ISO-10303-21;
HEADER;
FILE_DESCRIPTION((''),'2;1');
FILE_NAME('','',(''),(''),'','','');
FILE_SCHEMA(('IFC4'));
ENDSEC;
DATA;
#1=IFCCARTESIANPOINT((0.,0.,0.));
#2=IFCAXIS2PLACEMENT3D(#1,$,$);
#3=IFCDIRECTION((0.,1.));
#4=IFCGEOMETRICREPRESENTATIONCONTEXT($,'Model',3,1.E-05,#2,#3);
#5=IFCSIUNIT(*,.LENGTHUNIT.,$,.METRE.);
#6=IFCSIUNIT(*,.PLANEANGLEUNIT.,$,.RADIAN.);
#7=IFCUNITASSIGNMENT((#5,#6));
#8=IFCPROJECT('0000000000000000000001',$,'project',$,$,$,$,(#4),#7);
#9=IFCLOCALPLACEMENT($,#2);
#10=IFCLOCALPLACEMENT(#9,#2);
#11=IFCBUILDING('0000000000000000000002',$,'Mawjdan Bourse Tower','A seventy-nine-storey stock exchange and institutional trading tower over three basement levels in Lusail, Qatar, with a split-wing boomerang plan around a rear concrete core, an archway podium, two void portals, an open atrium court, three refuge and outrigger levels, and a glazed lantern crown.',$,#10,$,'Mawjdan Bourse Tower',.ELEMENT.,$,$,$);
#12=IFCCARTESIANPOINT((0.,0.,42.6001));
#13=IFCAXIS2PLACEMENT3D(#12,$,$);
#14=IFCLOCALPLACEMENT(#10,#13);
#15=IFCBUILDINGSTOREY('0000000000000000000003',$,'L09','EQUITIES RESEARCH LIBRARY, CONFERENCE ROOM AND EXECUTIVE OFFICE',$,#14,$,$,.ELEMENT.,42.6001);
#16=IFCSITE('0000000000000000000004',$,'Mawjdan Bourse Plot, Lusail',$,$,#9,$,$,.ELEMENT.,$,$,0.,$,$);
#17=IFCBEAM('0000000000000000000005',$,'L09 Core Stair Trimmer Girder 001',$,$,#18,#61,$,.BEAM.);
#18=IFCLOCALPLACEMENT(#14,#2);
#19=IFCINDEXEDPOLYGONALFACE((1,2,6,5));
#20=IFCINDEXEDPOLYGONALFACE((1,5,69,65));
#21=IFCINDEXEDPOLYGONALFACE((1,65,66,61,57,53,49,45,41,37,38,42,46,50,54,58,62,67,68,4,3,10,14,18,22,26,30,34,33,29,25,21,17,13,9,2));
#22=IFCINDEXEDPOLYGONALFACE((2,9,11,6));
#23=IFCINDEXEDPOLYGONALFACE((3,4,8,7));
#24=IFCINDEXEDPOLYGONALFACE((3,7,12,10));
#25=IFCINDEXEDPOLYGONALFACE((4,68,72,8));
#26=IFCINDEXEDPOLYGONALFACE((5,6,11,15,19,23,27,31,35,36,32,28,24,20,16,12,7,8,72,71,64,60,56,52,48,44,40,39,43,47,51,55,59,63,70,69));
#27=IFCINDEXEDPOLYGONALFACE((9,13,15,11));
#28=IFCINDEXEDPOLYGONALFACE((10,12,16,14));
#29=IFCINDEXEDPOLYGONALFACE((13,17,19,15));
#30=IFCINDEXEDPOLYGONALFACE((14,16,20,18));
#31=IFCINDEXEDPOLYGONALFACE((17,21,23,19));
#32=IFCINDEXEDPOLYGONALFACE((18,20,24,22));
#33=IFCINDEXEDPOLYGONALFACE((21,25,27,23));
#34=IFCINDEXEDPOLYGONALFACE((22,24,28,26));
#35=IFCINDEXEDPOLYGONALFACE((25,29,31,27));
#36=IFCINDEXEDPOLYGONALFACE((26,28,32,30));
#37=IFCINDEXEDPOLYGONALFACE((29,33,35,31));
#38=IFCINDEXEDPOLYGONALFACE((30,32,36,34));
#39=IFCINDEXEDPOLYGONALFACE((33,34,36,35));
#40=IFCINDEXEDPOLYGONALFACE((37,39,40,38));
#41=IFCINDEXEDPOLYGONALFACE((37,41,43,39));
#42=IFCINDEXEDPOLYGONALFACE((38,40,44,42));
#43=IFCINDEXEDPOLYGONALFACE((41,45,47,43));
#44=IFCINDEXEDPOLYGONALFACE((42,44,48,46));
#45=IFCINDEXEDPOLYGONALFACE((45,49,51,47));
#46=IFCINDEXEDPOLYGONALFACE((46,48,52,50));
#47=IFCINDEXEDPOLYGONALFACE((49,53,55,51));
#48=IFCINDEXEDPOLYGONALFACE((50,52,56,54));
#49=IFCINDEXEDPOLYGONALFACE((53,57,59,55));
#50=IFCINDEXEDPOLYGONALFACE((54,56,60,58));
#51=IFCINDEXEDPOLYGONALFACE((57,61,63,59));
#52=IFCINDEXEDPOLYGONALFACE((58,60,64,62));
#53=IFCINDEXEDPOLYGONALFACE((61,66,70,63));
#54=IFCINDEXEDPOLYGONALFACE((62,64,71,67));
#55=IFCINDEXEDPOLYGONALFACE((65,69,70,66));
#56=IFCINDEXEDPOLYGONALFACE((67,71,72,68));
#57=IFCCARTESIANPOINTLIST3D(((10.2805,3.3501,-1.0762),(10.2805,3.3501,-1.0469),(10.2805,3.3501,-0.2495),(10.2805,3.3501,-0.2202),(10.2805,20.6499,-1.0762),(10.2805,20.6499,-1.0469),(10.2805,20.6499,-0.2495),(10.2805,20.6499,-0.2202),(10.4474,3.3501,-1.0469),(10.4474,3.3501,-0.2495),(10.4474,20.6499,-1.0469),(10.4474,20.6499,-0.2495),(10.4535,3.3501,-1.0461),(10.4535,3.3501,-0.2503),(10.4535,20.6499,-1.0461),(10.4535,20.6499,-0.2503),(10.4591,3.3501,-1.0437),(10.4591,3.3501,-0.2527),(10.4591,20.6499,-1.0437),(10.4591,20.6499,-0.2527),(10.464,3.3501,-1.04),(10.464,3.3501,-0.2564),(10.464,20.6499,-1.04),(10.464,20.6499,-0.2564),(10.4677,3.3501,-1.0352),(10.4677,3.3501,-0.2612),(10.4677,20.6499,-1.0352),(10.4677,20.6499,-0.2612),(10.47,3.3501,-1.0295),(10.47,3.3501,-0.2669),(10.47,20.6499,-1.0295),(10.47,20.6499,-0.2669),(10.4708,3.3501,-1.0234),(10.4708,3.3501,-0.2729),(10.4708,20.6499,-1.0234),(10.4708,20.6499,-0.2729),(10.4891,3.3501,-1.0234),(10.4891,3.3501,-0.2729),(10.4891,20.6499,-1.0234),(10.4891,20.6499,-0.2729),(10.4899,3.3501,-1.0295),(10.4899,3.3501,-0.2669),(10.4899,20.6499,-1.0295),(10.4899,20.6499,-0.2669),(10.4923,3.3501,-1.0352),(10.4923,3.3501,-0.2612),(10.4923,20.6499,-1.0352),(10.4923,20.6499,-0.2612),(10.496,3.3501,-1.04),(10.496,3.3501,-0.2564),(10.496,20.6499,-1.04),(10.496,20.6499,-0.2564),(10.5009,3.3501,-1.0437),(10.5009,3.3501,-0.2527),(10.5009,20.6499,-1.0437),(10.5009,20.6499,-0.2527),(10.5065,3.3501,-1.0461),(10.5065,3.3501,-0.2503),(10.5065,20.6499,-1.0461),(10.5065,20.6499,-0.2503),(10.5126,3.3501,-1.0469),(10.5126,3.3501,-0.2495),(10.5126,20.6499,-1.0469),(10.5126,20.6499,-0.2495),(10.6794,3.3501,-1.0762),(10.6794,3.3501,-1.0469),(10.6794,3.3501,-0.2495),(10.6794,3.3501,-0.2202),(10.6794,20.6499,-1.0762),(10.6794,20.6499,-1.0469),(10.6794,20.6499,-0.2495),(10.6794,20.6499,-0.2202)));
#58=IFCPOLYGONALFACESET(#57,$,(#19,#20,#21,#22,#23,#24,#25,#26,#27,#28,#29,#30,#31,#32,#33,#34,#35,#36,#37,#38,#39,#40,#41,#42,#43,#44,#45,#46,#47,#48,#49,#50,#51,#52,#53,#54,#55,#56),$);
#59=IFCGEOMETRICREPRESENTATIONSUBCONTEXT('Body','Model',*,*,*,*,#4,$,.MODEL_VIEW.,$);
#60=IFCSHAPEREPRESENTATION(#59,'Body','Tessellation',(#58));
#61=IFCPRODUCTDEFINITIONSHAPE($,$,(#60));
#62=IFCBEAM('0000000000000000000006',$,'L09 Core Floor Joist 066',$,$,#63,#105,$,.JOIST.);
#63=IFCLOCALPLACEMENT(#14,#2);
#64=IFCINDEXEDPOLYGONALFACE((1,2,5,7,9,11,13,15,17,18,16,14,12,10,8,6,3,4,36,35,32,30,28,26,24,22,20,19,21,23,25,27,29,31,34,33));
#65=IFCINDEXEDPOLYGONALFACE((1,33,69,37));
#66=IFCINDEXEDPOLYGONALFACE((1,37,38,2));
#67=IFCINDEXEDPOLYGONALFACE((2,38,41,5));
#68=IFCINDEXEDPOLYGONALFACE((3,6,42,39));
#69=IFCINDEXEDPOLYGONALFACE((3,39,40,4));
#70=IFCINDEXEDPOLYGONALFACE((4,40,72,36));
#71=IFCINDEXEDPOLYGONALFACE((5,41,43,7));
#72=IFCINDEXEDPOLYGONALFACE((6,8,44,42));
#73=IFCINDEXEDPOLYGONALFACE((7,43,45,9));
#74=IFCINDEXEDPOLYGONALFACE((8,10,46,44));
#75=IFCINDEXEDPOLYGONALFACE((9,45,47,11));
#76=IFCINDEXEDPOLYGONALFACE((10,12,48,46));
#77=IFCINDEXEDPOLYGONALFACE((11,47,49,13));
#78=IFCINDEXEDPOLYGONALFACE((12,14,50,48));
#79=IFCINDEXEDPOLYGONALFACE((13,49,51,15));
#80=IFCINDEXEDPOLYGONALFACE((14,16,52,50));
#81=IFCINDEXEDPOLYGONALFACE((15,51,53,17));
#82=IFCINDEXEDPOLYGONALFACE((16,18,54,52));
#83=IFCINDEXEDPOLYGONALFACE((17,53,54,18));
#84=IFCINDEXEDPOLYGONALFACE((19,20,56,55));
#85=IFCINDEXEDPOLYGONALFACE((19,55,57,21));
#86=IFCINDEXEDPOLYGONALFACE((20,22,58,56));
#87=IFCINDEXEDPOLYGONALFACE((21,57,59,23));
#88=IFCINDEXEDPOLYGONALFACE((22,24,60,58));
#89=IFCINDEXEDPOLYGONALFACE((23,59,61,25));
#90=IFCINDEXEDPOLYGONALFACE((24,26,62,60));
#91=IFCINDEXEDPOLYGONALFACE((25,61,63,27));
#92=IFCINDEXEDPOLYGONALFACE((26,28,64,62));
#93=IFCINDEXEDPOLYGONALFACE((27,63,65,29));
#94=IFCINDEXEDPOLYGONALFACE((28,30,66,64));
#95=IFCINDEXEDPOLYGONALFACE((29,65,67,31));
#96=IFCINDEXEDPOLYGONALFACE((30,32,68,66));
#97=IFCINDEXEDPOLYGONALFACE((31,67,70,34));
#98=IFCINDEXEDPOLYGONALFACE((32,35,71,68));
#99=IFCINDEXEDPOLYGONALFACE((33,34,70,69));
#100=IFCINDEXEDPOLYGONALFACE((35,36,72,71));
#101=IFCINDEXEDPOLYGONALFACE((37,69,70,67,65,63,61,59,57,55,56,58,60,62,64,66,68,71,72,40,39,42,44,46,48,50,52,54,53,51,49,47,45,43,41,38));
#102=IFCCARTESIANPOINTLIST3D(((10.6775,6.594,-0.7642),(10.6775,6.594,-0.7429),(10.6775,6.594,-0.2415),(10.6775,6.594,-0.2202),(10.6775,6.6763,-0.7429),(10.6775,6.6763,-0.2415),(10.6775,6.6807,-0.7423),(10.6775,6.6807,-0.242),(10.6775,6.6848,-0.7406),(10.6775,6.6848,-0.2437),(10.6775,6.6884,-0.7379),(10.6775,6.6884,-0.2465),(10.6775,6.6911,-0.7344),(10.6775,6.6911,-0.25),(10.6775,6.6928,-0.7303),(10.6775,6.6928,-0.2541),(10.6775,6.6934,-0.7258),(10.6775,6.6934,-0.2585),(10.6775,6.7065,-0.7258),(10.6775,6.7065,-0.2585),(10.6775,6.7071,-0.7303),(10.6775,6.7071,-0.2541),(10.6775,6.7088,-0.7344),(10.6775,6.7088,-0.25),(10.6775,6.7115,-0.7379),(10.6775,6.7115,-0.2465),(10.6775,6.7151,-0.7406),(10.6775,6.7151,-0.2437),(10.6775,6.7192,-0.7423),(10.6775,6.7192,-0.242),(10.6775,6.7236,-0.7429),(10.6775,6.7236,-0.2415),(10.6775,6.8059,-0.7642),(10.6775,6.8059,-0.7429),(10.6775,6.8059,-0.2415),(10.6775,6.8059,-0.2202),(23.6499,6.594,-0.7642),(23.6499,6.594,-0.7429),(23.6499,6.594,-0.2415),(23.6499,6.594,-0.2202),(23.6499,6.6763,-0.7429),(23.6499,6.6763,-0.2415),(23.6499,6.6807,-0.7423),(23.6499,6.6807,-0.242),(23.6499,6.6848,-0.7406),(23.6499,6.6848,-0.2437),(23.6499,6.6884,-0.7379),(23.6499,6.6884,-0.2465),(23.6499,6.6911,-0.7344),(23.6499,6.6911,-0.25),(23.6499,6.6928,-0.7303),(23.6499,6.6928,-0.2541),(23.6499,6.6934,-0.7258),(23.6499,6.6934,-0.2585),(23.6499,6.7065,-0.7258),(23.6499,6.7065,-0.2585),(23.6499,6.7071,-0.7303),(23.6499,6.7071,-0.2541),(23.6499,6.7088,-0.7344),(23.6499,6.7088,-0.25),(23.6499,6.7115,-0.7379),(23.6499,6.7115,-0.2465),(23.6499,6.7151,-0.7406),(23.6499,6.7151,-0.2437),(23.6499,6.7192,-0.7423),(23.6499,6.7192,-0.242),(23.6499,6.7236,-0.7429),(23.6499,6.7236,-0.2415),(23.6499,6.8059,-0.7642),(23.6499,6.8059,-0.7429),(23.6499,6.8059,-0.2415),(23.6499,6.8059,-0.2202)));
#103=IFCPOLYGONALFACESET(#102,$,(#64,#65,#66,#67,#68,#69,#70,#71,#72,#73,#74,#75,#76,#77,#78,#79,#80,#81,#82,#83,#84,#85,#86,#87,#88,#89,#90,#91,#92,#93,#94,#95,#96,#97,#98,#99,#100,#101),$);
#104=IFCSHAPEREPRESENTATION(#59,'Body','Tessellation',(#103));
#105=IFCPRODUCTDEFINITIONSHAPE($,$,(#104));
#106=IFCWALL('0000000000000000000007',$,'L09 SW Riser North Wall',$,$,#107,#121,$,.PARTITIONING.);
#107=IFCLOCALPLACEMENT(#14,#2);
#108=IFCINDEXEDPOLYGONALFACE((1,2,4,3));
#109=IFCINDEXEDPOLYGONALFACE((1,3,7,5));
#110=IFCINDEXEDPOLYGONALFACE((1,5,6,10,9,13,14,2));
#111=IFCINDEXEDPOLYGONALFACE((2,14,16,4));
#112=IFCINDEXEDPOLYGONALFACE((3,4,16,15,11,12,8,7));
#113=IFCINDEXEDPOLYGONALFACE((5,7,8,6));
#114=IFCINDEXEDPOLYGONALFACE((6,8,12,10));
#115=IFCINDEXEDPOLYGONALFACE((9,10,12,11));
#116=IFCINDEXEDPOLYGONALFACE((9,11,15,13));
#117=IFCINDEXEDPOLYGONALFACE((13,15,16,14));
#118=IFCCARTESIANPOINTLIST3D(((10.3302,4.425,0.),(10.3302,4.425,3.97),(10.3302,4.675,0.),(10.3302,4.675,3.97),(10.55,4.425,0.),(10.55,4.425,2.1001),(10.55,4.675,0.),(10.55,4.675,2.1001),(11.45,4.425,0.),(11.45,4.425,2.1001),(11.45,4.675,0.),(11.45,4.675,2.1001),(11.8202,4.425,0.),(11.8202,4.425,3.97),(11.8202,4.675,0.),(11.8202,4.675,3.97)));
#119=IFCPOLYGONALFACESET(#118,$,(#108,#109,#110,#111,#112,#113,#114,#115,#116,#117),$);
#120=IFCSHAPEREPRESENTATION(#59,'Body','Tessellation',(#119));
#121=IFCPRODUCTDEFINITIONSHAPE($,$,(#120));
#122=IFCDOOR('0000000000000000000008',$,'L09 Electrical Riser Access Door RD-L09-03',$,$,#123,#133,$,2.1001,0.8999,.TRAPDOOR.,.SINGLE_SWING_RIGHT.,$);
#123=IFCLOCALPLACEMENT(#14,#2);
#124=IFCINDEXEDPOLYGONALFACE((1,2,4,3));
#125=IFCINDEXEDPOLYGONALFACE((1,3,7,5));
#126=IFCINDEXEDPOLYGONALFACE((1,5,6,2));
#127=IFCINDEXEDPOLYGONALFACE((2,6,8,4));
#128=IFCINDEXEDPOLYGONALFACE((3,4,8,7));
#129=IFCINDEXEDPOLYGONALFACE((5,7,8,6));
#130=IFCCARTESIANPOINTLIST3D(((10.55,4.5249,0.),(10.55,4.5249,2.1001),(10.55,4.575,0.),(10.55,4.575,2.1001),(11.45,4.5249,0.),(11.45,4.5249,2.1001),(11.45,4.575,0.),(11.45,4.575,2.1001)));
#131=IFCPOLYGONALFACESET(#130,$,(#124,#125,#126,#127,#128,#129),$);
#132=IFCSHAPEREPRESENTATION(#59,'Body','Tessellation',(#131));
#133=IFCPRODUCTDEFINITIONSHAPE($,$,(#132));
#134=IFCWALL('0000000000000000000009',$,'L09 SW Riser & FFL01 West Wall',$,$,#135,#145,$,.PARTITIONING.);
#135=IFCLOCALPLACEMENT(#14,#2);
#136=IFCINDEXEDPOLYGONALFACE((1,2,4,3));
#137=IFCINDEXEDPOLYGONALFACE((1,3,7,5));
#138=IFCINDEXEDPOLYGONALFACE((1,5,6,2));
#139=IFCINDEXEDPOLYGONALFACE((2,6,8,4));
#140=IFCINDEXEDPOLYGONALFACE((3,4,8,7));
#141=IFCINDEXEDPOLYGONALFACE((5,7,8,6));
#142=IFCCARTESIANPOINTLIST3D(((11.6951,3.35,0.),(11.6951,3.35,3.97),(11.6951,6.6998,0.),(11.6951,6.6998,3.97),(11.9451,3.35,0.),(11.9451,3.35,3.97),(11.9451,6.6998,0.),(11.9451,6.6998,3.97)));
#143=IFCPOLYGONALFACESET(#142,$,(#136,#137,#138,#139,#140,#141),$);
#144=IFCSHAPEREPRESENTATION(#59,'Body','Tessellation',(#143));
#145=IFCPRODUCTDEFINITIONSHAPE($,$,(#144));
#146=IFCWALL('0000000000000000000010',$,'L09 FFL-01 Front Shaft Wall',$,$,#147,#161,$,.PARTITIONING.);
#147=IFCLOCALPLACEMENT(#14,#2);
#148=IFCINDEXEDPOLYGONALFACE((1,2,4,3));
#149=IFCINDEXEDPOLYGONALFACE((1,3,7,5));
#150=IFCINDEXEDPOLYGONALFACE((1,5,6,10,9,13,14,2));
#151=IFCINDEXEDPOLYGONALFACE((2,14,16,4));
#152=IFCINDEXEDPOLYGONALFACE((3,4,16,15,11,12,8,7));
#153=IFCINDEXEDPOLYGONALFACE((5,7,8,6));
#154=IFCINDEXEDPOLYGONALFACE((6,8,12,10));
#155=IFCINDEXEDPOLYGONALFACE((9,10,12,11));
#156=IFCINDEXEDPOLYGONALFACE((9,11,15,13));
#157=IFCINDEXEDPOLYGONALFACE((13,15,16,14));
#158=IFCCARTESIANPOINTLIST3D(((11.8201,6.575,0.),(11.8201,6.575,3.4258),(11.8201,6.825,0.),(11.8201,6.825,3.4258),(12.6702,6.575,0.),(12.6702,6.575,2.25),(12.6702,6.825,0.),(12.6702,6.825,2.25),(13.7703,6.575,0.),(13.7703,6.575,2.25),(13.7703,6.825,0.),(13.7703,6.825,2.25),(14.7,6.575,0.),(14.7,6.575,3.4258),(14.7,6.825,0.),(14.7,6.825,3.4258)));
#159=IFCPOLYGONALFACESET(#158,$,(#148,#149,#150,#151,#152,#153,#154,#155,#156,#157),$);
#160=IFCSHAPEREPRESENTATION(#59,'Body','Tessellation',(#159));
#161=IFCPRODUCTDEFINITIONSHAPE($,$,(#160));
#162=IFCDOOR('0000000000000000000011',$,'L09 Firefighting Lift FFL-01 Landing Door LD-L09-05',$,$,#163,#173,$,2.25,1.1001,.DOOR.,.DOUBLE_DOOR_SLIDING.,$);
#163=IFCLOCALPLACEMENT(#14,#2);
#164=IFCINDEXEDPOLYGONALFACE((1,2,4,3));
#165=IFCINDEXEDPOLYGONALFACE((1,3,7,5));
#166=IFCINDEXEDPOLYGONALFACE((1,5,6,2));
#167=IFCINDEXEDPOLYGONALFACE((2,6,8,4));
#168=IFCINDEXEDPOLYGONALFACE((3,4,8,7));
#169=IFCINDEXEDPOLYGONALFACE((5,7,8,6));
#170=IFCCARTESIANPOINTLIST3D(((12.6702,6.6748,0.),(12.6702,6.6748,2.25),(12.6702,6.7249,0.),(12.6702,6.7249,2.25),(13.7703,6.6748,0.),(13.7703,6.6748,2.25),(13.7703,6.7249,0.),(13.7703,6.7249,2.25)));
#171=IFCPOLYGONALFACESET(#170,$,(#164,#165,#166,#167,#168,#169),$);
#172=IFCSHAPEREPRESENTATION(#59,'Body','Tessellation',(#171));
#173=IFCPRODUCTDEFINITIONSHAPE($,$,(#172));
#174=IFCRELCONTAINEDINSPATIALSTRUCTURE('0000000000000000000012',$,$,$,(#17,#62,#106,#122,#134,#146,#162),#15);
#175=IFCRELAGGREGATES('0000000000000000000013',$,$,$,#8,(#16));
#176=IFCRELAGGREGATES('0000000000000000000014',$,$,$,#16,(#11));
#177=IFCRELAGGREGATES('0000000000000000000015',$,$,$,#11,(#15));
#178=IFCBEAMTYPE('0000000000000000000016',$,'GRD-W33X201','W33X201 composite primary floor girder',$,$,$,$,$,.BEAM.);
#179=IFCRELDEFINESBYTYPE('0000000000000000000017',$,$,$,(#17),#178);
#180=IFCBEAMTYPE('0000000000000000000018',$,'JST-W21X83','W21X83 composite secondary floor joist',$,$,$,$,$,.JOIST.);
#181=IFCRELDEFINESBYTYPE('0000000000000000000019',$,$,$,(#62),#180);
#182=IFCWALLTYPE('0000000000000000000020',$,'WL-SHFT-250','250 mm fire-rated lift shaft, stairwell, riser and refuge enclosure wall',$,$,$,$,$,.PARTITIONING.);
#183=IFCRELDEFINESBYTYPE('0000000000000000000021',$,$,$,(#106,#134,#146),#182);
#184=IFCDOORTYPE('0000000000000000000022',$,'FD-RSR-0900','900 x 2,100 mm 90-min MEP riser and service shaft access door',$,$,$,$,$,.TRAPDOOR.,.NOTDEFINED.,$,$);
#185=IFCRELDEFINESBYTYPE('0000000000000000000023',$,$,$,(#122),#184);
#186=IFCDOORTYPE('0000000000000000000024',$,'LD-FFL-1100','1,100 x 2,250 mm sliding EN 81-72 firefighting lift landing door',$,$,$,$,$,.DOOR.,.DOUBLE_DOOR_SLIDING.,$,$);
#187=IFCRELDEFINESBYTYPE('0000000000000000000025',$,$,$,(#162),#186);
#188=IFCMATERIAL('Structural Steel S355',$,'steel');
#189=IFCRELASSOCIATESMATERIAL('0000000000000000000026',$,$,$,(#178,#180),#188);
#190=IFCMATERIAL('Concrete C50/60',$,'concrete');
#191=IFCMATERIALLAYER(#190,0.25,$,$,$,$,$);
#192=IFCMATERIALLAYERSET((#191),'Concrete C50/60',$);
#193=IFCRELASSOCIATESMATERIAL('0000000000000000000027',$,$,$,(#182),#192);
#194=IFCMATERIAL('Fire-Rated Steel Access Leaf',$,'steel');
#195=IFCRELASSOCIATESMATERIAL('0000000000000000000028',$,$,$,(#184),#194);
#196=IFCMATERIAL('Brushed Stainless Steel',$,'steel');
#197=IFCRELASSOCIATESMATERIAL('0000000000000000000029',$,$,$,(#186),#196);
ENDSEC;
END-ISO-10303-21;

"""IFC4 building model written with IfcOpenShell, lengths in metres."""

from ifc_helpers import new_model, si_unit, direction, frame, frame_2d, origin, origin_2d, place, context, subcontext, project, spatial, rectangle, i_section, extrude, material, layer, layer_set, material_profile, profile_set, type_object, element, fill, save


model = new_model("IFC4")

# Units and contexts
model_context = context("Model", 3, precision=1e-05, world=origin(), true_north=direction((0.0, 1.0)))
body_context = subcontext(model_context, "Body", "Model", "MODEL_VIEW")
ifc_project = project(units=[si_unit("LENGTHUNIT", "METRE"), si_unit("PLANEANGLEUNIT", "RADIAN")], contexts=[model_context])

# Site, building, storey
site_placement = place(None, origin())
site = spatial("IfcSite", under=ifc_project, at=site_placement, Name="Mawjdan Bourse Plot, Lusail", CompositionType="ELEMENT", RefElevation=0.0)
building_placement = place(site_placement, origin())
building = spatial("IfcBuilding", under=site, at=building_placement, Name="Mawjdan Bourse Tower", Description="A seventy-nine-storey stock exchange and institutional trading tower over three basement levels in Lusail, Qatar, with a split-wing boomerang plan around a rear concrete core, an archway podium, two void portals, an open atrium court, three refuge and outrigger levels, and a glazed lantern crown.", LongName="Mawjdan Bourse Tower", CompositionType="ELEMENT")
storey_placement = place(building_placement, frame((0.0, 0.0, 42.6001)))
storey = spatial("IfcBuildingStorey", under=building, at=storey_placement, Name="L09", Description="EQUITIES RESEARCH LIBRARY, CONFERENCE ROOM AND EXECUTIVE OFFICE", CompositionType="ELEMENT", Elevation=42.6001)

# Beams
ifc_material_1 = material(Name="Structural Steel S355", Category="steel")
ifc_material_profile_1 = material_profile(ifc_material_1, i_section(OverallWidth=0.3989, OverallDepth=0.856, WebThickness=0.0183, FlangeThickness=0.0293, FilletRadius=0.0234, at=origin_2d()), Name="W33X201")
ifc_profile_set_1 = profile_set([ifc_material_profile_1], Name="Structural Steel S355")
beam_type_1 = type_object("IfcBeamType", Name="GRD-W33X201", Description="W33X201 composite primary floor girder", PredefinedType="BEAM", material=ifc_profile_set_1)
beam_1_placement = place(storey_placement, frame((10.48, 3.3501, -0.6482), z_axis=(0.0, 1.0, 0.0), x_axis=(-1.0, 0.0, 0.0)))
element("IfcBeam", 1, at=beam_1_placement, inside=storey, type_object=beam_type_1, Name="L09 Core Stair Trimmer Girder 001", PredefinedType="BEAM", context=body_context, shape_type="SweptSolid", body=[
    extrude(i_section(OverallWidth=0.3989, OverallDepth=0.856, WebThickness=0.0183, FlangeThickness=0.0293, FilletRadius=0.0234, at=origin_2d()), origin(), (0.0, 0.0, 1.0), 17.2998),
])
ifc_material_profile_2 = material_profile(ifc_material_1, i_section(OverallWidth=0.2119, OverallDepth=0.5439, WebThickness=0.0132, FlangeThickness=0.0212, FilletRadius=0.0171, at=origin_2d()), Name="W21X83")
ifc_profile_set_2 = profile_set([ifc_material_profile_2], Name="Structural Steel S355")
beam_type_2 = type_object("IfcBeamType", Name="JST-W21X83", Description="W21X83 composite secondary floor joist", PredefinedType="JOIST", material=ifc_profile_set_2)
beam_2_placement = place(storey_placement, frame((10.6775, 6.7, -0.4922), z_axis=(1.0, 0.0, 0.0), x_axis=(0.0, 1.0, 0.0)))
element("IfcBeam", 2, at=beam_2_placement, inside=storey, type_object=beam_type_2, Name="L09 Core Floor Joist 066", PredefinedType="JOIST", context=body_context, shape_type="SweptSolid", body=[
    extrude(i_section(OverallWidth=0.2119, OverallDepth=0.5439, WebThickness=0.0132, FlangeThickness=0.0212, FilletRadius=0.0171, at=origin_2d()), origin(), (0.0, 0.0, 1.0), 12.9724),
])

# Wall, opening, door
ifc_material_2 = material(Name="Concrete C50/60", Category="concrete")
ifc_layer_1 = layer(ifc_material_2, 0.25)
ifc_layer_set_1 = layer_set([ifc_layer_1], Name="Concrete C50/60")
wall_type_1 = type_object("IfcWallType", Name="WL-SHFT-250", Description="250 mm fire-rated lift shaft, stairwell, riser and refuge enclosure wall", PredefinedType="PARTITIONING", material=ifc_layer_set_1)
wall_1_placement = place(storey_placement, frame((10.3301, 4.55, 0.0), z_axis=(0.0, 0.0, 1.0), x_axis=(1.0, 0.0, 0.0)))
wall_1 = element("IfcWall", 3, at=wall_1_placement, inside=storey, type_object=wall_type_1, Name="L09 SW Riser North Wall", PredefinedType="PARTITIONING", context=body_context, shape_type="SweptSolid", body=[
    extrude(rectangle(XDim=1.49, YDim=0.25, at=frame_2d((0.7451, 0.0))), origin(), (0.0, 0.0, 1.0), 3.97),
])
opening_1_placement = place(wall_1_placement, frame((0.22, 0.0, 0.0)))
opening_1 = element("IfcOpeningElement", 4, at=opening_1_placement, cuts=wall_1, PredefinedType="OPENING", context=body_context, shape_type="SweptSolid", body=[
    extrude(rectangle(XDim=0.8999, YDim=2.1001, at=frame_2d((0.45, 1.05))), frame((0.0, 0.135, 0.0), z_axis=(0.0, -1.0, 0.0), x_axis=(1.0, 0.0, 0.0)), (0.0, 0.0, 1.0), 0.27),
])
ifc_material_3 = material(Name="Fire-Rated Steel Access Leaf", Category="steel")
door_type_1 = type_object("IfcDoorType", Name="FD-RSR-0900", Description="900 x 2,100 mm 90-min MEP riser and service shaft access door", OperationType="NOTDEFINED", PredefinedType="TRAPDOOR", material=ifc_material_3)
door_1_placement = place(opening_1_placement, origin())
door_1 = element("IfcDoor", 5, at=door_1_placement, inside=storey, type_object=door_type_1, Name="L09 Electrical Riser Access Door RD-L09-03", OperationType="SINGLE_SWING_RIGHT", OverallHeight=2.1001, OverallWidth=0.8999, PredefinedType="TRAPDOOR", context=body_context, shape_type="SweptSolid", body=[
    extrude(rectangle(XDim=0.8999, YDim=2.1001, at=frame_2d((0.45, 1.05))), frame((0.0, 0.0249, 0.0), z_axis=(0.0, -1.0, 0.0), x_axis=(1.0, 0.0, 0.0)), (0.0, 0.0, 1.0), 0.05),
])
fill(opening_1, door_1)

# Wall
wall_2_placement = place(storey_placement, frame((11.8201, 3.3501, 0.0), z_axis=(0.0, 0.0, 1.0), x_axis=(0.0, 1.0, 0.0)))
element("IfcWall", 6, at=wall_2_placement, inside=storey, type_object=wall_type_1, Name="L09 SW Riser & FFL01 West Wall", PredefinedType="PARTITIONING", context=body_context, shape_type="SweptSolid", body=[
    extrude(rectangle(XDim=3.3499, YDim=0.25, at=frame_2d((1.6748, 0.0))), origin(), (0.0, 0.0, 1.0), 3.97),
])

# Wall, opening, door
wall_3_placement = place(storey_placement, frame((11.8201, 6.7, 0.0), z_axis=(0.0, 0.0, 1.0), x_axis=(1.0, 0.0, 0.0)))
wall_3 = element("IfcWall", 7, at=wall_3_placement, inside=storey, type_object=wall_type_1, Name="L09 FFL-01 Front Shaft Wall", PredefinedType="PARTITIONING", context=body_context, shape_type="SweptSolid", body=[
    extrude(rectangle(XDim=2.8799, YDim=0.25, at=frame_2d((1.4399, 0.0))), origin(), (0.0, 0.0, 1.0), 3.4258),
])
opening_2_placement = place(wall_3_placement, frame((0.8501, 0.0, 0.0)))
opening_2 = element("IfcOpeningElement", 8, at=opening_2_placement, cuts=wall_3, PredefinedType="OPENING", context=body_context, shape_type="SweptSolid", body=[
    extrude(rectangle(XDim=1.1001, YDim=2.25, at=frame_2d((0.55, 1.125))), frame((0.0, 0.135, 0.0), z_axis=(0.0, -1.0, 0.0), x_axis=(1.0, 0.0, 0.0)), (0.0, 0.0, 1.0), 0.27),
])
ifc_material_4 = material(Name="Brushed Stainless Steel", Category="steel")
door_type_2 = type_object("IfcDoorType", Name="LD-FFL-1100", Description="1,100 x 2,250 mm sliding EN 81-72 firefighting lift landing door", OperationType="DOUBLE_DOOR_SLIDING", PredefinedType="DOOR", material=ifc_material_4)
door_2_placement = place(opening_2_placement, origin())
door_2 = element("IfcDoor", 9, at=door_2_placement, inside=storey, type_object=door_type_2, Name="L09 Firefighting Lift FFL-01 Landing Door LD-L09-05", OperationType="DOUBLE_DOOR_SLIDING", OverallHeight=2.25, OverallWidth=1.1001, PredefinedType="DOOR", context=body_context, shape_type="SweptSolid", body=[
    extrude(rectangle(XDim=1.1001, YDim=2.25, at=frame_2d((0.55, 1.125))), frame((0.0, 0.0249, 0.0), z_axis=(0.0, -1.0, 0.0), x_axis=(1.0, 0.0, 0.0)), (0.0, 0.0, 1.0), 0.05),
])
fill(opening_2, door_2)

save(model, "model.ifc")
